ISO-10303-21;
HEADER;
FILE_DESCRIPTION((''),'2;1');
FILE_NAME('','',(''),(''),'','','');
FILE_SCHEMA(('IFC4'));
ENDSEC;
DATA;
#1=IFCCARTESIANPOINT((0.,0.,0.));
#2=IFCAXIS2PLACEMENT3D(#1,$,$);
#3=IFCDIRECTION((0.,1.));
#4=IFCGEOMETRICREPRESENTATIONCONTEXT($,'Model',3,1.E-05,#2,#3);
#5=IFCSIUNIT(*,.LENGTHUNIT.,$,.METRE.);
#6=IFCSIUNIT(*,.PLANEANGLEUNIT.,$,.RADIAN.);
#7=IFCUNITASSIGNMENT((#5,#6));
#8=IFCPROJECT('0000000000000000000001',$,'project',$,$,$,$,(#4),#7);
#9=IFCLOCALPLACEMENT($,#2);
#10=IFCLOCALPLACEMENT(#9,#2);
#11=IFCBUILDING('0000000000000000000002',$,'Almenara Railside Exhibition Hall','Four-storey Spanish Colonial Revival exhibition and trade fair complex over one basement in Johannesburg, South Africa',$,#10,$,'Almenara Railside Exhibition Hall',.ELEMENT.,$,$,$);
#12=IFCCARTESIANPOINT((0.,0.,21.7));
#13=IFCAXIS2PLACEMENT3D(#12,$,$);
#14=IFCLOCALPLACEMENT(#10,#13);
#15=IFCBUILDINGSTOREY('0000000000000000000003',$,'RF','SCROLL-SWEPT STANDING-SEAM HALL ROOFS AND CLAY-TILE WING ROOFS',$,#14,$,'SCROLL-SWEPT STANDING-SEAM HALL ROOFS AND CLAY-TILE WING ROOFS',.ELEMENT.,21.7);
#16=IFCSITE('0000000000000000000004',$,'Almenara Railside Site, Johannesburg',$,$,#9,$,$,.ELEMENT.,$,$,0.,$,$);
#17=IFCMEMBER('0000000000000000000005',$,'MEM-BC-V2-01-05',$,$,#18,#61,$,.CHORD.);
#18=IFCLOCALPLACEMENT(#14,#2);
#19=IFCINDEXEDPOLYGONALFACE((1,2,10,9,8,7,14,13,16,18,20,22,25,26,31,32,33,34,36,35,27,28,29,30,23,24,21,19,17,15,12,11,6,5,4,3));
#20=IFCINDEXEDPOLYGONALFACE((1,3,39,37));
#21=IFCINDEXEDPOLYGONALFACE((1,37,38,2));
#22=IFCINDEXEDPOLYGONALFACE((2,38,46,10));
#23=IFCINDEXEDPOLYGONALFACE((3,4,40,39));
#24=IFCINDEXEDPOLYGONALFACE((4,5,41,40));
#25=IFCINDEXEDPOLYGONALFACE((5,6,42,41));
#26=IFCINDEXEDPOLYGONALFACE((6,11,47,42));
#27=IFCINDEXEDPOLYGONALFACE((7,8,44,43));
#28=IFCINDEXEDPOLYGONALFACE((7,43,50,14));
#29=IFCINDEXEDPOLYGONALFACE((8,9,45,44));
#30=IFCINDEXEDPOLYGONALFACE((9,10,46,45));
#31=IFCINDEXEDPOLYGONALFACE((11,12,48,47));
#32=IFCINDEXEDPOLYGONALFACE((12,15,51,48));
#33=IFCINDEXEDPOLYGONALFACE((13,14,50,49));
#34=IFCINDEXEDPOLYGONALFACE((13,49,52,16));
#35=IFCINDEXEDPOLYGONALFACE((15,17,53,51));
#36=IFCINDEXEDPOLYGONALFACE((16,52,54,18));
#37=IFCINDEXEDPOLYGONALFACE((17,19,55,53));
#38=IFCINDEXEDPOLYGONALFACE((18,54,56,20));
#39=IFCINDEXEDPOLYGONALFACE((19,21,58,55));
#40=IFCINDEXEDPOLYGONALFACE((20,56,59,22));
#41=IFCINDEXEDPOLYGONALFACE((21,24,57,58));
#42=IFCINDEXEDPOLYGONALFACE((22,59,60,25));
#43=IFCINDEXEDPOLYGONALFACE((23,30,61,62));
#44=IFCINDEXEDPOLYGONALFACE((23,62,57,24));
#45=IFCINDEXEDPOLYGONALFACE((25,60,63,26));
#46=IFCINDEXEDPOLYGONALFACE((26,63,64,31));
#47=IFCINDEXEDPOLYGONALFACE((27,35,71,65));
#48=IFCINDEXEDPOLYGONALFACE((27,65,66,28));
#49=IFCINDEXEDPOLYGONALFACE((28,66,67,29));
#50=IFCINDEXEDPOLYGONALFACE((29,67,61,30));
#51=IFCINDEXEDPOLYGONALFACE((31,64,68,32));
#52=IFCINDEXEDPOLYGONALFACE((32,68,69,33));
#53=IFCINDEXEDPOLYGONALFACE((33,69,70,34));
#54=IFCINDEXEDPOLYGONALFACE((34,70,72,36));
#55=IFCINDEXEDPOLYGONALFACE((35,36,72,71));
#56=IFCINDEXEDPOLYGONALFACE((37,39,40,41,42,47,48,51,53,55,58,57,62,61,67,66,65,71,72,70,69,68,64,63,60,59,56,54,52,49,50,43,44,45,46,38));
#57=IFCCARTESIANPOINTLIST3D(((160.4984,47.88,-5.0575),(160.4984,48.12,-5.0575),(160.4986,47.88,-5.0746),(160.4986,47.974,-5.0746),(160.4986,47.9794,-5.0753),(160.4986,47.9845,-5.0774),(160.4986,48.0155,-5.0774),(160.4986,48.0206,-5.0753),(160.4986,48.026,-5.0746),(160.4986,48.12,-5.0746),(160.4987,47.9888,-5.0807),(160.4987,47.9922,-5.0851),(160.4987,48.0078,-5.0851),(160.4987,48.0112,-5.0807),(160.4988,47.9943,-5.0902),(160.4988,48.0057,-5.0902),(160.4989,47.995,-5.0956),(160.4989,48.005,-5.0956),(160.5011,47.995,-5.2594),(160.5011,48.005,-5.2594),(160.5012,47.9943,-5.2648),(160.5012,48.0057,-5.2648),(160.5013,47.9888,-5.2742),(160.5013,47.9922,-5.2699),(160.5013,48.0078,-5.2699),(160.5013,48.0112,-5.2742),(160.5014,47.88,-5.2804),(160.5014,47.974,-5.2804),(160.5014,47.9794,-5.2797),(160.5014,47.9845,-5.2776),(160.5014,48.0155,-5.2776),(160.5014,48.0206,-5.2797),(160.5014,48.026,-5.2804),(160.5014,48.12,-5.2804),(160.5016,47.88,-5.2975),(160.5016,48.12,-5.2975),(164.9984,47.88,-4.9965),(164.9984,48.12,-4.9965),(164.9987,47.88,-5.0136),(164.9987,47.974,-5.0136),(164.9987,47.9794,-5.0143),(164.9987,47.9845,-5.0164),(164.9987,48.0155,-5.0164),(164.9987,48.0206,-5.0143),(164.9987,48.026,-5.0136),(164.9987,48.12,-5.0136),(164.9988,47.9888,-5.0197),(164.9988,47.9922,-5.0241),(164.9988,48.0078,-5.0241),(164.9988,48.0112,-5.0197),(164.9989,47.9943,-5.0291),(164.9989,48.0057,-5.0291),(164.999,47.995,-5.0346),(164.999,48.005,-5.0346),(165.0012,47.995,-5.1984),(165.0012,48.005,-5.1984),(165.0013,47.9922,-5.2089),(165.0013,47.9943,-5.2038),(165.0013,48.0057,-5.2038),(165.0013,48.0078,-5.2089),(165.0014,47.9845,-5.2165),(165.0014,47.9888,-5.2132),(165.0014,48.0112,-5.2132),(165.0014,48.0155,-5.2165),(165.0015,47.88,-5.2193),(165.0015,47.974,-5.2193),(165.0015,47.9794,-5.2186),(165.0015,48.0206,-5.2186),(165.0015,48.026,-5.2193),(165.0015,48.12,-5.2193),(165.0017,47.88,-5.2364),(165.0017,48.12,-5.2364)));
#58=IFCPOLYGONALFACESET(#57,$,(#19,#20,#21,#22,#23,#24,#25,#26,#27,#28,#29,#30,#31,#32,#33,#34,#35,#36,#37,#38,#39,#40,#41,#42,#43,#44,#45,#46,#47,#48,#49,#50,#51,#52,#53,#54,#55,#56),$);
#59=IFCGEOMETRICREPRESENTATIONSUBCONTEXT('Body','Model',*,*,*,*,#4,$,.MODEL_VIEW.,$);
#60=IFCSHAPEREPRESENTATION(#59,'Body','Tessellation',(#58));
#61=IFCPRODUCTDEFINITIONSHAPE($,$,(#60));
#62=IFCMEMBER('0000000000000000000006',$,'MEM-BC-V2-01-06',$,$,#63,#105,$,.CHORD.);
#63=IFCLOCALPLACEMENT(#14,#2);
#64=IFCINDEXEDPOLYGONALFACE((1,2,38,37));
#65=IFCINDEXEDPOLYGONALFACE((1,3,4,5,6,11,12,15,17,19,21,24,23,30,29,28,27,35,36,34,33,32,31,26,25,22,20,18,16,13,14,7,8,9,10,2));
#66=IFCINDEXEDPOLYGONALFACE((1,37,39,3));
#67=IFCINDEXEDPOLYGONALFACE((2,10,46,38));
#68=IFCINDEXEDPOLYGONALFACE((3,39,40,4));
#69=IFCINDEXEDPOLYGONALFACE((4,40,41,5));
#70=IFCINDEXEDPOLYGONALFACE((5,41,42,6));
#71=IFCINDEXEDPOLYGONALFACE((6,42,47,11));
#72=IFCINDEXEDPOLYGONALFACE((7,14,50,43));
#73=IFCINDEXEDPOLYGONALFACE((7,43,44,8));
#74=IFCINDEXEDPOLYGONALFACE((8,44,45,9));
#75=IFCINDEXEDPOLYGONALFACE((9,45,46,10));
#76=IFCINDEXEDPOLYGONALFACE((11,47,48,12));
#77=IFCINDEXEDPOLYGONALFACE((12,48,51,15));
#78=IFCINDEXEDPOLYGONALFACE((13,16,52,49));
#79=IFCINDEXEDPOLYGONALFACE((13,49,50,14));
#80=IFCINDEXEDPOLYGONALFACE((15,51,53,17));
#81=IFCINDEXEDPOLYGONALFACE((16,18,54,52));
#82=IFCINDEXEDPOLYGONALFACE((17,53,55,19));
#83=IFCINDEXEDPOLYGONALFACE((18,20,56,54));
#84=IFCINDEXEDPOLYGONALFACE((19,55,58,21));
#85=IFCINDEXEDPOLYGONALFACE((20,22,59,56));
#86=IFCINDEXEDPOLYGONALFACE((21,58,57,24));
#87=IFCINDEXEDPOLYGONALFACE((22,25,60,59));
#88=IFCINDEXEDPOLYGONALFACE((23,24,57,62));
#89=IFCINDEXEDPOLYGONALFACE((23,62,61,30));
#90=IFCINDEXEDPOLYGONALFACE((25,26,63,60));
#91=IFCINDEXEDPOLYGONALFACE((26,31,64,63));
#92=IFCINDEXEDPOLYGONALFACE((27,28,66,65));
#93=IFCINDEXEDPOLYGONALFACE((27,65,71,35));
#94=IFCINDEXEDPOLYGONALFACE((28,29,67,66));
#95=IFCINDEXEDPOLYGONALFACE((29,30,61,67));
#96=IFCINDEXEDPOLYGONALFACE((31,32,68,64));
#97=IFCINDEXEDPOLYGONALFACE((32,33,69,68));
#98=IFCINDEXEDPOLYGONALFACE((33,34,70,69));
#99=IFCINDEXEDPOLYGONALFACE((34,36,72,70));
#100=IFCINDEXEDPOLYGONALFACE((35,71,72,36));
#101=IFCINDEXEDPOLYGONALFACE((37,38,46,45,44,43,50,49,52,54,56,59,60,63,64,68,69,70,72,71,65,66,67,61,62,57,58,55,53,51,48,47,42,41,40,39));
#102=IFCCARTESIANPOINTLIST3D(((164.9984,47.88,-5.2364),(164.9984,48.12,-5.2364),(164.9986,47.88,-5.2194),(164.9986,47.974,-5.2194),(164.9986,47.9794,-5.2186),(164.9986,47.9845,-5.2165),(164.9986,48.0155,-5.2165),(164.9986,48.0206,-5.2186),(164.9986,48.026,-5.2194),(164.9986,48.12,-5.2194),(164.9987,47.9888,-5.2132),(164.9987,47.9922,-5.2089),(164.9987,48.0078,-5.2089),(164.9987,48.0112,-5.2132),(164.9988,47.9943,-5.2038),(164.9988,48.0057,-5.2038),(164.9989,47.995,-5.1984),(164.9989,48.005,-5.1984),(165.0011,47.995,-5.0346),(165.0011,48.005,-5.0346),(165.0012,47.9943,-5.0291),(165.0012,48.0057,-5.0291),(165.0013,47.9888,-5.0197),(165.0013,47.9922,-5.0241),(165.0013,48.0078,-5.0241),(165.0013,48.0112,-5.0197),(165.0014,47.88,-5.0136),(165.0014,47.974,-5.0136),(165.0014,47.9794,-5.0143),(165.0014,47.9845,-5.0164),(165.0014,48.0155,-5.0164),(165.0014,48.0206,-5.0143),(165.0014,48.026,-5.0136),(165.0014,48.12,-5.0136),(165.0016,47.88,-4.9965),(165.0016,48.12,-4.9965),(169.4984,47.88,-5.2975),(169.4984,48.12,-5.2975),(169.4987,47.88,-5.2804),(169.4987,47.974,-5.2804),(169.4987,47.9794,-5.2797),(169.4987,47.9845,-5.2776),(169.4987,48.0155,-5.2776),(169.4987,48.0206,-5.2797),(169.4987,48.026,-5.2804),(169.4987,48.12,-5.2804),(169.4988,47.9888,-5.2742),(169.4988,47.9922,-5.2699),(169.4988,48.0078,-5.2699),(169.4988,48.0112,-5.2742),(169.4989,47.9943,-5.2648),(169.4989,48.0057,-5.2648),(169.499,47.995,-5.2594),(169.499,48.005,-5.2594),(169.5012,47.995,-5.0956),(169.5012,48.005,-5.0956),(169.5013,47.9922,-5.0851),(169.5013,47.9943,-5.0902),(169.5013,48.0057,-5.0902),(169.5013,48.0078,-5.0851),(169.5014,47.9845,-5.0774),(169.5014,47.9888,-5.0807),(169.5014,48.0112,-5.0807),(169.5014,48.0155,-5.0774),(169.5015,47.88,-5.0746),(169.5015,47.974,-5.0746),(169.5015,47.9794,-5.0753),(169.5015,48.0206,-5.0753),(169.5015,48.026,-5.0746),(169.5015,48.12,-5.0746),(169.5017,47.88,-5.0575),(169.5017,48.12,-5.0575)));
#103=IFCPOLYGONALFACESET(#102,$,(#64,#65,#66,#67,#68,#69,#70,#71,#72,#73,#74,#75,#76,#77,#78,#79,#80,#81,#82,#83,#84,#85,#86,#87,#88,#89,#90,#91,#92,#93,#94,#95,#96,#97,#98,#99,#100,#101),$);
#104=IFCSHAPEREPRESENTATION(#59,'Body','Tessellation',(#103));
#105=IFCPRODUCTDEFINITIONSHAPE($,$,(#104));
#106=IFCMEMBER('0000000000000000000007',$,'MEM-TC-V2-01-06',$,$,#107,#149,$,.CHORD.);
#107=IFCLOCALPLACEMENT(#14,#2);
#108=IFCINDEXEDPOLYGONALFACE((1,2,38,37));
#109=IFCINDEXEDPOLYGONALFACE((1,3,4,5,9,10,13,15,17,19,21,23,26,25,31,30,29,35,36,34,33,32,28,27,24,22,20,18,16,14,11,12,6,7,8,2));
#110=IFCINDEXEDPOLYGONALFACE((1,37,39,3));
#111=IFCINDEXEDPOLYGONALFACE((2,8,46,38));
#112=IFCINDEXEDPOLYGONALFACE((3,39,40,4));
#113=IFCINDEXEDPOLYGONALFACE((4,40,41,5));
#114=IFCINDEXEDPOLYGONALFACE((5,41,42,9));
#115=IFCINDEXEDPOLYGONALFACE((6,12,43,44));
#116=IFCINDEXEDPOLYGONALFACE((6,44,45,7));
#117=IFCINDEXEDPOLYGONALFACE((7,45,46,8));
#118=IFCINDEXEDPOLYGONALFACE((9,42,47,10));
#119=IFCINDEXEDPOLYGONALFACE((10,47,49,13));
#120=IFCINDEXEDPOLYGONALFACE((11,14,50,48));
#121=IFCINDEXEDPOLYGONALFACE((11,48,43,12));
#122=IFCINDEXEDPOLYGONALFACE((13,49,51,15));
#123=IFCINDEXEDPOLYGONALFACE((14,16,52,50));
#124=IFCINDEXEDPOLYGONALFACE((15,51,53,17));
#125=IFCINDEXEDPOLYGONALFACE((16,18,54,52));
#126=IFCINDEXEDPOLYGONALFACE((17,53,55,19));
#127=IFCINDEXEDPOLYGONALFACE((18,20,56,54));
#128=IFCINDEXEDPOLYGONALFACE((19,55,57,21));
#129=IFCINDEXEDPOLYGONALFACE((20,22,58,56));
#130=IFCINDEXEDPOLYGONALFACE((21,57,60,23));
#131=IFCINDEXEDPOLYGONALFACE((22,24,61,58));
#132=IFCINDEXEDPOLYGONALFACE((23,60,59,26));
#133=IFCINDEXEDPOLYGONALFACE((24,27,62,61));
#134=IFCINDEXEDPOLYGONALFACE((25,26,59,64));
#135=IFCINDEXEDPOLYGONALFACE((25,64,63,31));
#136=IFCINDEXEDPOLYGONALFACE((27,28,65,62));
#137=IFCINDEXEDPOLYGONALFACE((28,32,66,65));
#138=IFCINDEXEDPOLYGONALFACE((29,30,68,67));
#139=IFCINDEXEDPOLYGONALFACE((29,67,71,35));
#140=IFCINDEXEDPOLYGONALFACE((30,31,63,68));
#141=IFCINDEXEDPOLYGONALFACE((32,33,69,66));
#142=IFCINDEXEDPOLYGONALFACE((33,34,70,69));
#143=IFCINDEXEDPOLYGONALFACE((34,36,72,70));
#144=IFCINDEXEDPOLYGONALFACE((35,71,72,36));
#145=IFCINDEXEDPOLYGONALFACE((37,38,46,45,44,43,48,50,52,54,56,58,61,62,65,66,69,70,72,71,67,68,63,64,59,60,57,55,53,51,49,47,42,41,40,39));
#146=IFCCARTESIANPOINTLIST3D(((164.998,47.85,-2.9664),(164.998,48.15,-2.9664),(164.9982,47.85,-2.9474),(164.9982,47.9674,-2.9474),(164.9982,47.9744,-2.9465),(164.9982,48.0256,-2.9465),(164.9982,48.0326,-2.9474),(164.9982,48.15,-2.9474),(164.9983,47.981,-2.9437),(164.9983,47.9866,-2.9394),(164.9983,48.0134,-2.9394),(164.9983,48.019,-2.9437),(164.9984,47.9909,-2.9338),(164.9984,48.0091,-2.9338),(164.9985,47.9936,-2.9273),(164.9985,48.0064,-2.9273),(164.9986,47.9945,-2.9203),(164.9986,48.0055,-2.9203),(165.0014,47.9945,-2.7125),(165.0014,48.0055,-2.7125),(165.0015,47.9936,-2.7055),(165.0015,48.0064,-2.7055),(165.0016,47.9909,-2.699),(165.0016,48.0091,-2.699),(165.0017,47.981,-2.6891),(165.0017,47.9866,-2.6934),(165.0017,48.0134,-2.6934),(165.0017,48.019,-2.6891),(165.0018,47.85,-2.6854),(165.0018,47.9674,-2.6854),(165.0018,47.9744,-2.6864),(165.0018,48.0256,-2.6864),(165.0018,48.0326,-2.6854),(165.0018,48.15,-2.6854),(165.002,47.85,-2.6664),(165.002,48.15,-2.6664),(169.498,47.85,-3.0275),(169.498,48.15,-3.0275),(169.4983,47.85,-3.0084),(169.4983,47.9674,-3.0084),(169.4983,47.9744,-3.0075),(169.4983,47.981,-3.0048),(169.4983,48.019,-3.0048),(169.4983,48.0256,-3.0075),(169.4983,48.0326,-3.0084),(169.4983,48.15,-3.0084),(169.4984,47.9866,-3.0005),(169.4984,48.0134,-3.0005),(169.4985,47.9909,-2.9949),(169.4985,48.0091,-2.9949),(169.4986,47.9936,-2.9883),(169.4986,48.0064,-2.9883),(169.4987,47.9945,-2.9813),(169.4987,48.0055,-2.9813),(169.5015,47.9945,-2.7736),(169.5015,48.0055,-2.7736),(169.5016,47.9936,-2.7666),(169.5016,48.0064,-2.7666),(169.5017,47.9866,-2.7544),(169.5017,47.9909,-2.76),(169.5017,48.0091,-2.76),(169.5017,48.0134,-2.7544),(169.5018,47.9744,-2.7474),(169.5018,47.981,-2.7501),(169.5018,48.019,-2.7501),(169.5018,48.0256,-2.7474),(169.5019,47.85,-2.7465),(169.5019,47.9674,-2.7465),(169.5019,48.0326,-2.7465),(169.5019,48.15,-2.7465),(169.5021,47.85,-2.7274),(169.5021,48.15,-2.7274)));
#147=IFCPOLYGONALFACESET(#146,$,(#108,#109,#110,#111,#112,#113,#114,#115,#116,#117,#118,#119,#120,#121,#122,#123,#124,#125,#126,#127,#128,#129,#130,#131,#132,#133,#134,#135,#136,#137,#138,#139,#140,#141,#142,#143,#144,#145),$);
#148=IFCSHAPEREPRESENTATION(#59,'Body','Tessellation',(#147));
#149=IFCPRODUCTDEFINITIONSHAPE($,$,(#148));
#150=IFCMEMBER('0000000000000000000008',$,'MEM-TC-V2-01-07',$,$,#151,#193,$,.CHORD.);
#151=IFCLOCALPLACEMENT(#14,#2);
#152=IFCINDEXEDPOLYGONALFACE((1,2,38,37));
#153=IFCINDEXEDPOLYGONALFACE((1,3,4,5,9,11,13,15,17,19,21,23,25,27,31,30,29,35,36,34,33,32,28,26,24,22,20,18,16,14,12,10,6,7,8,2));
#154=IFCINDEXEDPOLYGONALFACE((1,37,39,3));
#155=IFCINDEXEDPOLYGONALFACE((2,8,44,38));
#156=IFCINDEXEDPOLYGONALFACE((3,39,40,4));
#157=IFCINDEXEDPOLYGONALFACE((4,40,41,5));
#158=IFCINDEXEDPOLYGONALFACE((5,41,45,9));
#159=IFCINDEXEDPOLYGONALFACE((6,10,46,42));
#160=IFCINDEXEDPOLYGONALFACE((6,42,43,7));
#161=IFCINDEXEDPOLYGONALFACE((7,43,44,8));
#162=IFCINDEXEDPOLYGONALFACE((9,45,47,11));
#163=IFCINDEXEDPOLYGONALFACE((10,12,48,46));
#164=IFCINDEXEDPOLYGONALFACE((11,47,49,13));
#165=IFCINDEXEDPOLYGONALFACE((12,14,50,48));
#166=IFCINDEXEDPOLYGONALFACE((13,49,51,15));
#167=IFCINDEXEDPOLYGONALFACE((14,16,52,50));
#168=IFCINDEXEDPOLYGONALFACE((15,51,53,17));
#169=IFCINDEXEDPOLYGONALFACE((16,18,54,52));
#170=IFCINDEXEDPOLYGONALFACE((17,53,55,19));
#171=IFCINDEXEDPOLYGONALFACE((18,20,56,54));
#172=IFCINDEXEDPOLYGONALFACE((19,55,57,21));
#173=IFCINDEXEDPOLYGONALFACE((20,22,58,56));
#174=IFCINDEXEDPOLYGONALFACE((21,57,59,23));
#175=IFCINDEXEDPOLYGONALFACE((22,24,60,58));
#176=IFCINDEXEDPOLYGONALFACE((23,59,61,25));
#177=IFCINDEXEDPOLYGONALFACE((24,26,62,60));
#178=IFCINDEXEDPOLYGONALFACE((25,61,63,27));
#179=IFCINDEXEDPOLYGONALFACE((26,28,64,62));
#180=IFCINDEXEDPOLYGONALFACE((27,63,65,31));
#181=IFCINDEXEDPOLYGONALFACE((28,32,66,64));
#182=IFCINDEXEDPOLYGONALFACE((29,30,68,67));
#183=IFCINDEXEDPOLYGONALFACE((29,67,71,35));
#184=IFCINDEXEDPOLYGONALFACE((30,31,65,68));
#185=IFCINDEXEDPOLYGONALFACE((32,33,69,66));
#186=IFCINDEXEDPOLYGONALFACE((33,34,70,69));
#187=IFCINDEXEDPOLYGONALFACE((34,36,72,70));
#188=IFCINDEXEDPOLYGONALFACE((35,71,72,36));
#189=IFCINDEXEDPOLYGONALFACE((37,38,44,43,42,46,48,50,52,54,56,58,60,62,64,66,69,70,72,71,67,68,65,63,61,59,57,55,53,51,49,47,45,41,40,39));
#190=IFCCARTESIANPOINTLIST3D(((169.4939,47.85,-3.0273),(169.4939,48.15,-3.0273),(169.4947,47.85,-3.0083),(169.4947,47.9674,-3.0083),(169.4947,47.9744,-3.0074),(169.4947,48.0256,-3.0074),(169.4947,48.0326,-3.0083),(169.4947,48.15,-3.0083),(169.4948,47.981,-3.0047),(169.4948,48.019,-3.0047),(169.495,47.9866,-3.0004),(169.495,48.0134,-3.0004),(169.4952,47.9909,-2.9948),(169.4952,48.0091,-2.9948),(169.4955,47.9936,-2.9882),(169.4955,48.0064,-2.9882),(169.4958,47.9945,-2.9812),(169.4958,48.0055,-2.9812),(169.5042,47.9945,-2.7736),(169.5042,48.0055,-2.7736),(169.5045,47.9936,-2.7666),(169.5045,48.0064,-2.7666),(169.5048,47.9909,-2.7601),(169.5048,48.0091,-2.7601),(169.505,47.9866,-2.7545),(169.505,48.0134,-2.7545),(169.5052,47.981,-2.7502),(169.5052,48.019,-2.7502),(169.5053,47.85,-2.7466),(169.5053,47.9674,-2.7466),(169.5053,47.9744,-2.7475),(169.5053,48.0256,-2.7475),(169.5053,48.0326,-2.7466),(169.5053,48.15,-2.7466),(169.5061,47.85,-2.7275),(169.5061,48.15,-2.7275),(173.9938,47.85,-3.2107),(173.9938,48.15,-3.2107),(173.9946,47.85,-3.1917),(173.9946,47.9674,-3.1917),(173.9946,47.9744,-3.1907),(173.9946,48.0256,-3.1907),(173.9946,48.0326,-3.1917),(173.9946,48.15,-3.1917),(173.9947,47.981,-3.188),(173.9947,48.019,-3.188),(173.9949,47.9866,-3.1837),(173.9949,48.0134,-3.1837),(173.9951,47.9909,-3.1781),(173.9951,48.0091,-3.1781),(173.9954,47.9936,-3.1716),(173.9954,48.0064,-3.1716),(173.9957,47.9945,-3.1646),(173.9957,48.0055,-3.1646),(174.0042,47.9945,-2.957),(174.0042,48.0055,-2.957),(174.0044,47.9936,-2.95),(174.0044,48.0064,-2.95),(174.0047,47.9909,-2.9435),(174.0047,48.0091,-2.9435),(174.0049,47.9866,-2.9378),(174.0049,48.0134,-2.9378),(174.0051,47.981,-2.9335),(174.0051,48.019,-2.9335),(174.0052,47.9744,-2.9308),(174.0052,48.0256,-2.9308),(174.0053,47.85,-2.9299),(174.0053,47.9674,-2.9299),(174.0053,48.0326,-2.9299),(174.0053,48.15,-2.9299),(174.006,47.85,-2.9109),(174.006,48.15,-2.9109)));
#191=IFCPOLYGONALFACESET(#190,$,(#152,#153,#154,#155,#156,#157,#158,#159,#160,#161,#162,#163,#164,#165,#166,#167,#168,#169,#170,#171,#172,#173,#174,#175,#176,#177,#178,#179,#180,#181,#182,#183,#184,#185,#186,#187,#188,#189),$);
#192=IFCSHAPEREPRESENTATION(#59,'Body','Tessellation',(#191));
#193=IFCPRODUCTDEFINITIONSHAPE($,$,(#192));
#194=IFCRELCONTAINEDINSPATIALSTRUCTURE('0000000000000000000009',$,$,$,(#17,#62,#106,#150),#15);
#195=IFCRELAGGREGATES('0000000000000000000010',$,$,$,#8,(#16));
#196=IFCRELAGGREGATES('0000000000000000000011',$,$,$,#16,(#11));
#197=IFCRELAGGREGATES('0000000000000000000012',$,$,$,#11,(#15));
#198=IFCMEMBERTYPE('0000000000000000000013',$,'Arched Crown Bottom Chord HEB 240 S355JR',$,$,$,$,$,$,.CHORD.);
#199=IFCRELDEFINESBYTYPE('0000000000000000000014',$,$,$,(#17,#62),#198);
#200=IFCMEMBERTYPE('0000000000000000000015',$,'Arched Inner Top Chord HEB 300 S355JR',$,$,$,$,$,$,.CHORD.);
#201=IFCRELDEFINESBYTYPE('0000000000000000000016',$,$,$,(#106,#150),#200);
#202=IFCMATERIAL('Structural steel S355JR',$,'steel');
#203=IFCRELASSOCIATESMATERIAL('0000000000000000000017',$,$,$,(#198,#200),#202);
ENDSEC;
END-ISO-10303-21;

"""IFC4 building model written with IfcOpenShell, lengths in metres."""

from ifc_helpers import new_model, si_unit, direction, frame, origin, origin_2d, place, context, subcontext, project, spatial, i_section, extrude, material, material_profile, profile_set, type_object, element, save


model = new_model("IFC4")

# Units and contexts
model_context = context("Model", 3, precision=1e-05, world=origin(), true_north=direction((0.0, 1.0)))
body_context = subcontext(model_context, "Body", "Model", "MODEL_VIEW")
ifc_project = project(units=[si_unit("LENGTHUNIT", "METRE"), si_unit("PLANEANGLEUNIT", "RADIAN")], contexts=[model_context])

# Site, building, storey
site_placement = place(None, origin())
site = spatial("IfcSite", under=ifc_project, at=site_placement, Name="Almenara Railside Site, Johannesburg", CompositionType="ELEMENT", RefElevation=0.0)
building_placement = place(site_placement, origin())
building = spatial("IfcBuilding", under=site, at=building_placement, Name="Almenara Railside Exhibition Hall", Description="Four-storey Spanish Colonial Revival exhibition and trade fair complex over one basement in Johannesburg, South Africa", LongName="Almenara Railside Exhibition Hall", CompositionType="ELEMENT")
storey_placement = place(building_placement, frame((0.0, 0.0, 21.7)))
storey = spatial("IfcBuildingStorey", under=building, at=storey_placement, Name="RF", Description="SCROLL-SWEPT STANDING-SEAM HALL ROOFS AND CLAY-TILE WING ROOFS", LongName="SCROLL-SWEPT STANDING-SEAM HALL ROOFS AND CLAY-TILE WING ROOFS", CompositionType="ELEMENT", Elevation=21.7)

# Members
ifc_material_1 = material(Name="Structural steel S355JR", Category="steel")
ifc_material_profile_1 = material_profile(ifc_material_1, i_section(OverallWidth=0.24, OverallDepth=0.24, WebThickness=0.01, FlangeThickness=0.0171, FilletRadius=0.021, at=origin_2d()), Name="HEB 240")
ifc_profile_set_1 = profile_set([ifc_material_profile_1], Name="Structural steel S355JR")
member_type_1 = type_object("IfcMemberType", Name="Arched Crown Bottom Chord HEB 240 S355JR", PredefinedType="CHORD", material=ifc_profile_set_1)
for number, where, z_axis, x_axis, name in (
    (1, (160.5, 48.0, -5.1775), (0.999908, 0.0, 0.013562), (0.0, 1.0, 0.0), "MEM-BC-V2-01-05"),
    (2, (165.0, 48.0, -5.1165), (0.999908, 0.0, -0.013562), (0.0, 1.0, 0.0), "MEM-BC-V2-01-06"),
):
    element("IfcMember", number, at=place(storey_placement, frame(where, z_axis=z_axis, x_axis=x_axis)), inside=storey, type_object=member_type_1, Name=name, PredefinedType="CHORD", context=body_context, shape_type="SweptSolid", body=[
        extrude(i_section(OverallWidth=0.24, OverallDepth=0.24, WebThickness=0.01, FlangeThickness=0.0171, FilletRadius=0.021, at=origin_2d()), origin(), (0.0, 0.0, 1.0), 4.5005),
    ])
ifc_material_profile_2 = material_profile(ifc_material_1, i_section(OverallWidth=0.3, OverallDepth=0.3, WebThickness=0.011, FlangeThickness=0.019, FilletRadius=0.0271, at=origin_2d()), Name="HEB 300")
ifc_profile_set_2 = profile_set([ifc_material_profile_2], Name="Structural steel S355JR")
member_type_2 = type_object("IfcMemberType", Name="Arched Inner Top Chord HEB 300 S355JR", PredefinedType="CHORD", material=ifc_profile_set_2)
member_1_placement = place(storey_placement, frame((165.0, 48.0, -2.8164), z_axis=(0.999908, 0.0, -0.013562), x_axis=(0.0, 1.0, 0.0)))
element("IfcMember", 3, at=member_1_placement, inside=storey, type_object=member_type_2, Name="MEM-TC-V2-01-06", PredefinedType="CHORD", context=body_context, shape_type="SweptSolid", body=[
    extrude(i_section(OverallWidth=0.3, OverallDepth=0.3, WebThickness=0.011, FlangeThickness=0.019, FilletRadius=0.0271, at=origin_2d()), origin(), (0.0, 0.0, 1.0), 4.5005),
])
member_2_placement = place(storey_placement, frame((169.5, 48.0, -2.8774), z_axis=(0.999171, 0.0, -0.040711), x_axis=(0.0, 1.0, 0.0)))
element("IfcMember", 4, at=member_2_placement, inside=storey, type_object=member_type_2, Name="MEM-TC-V2-01-07", PredefinedType="CHORD", context=body_context, shape_type="SweptSolid", body=[
    extrude(i_section(OverallWidth=0.3, OverallDepth=0.3, WebThickness=0.011, FlangeThickness=0.019, FilletRadius=0.0271, at=origin_2d()), origin(), (0.0, 0.0, 1.0), 4.5037),
])

save(model, "model.ifc")
